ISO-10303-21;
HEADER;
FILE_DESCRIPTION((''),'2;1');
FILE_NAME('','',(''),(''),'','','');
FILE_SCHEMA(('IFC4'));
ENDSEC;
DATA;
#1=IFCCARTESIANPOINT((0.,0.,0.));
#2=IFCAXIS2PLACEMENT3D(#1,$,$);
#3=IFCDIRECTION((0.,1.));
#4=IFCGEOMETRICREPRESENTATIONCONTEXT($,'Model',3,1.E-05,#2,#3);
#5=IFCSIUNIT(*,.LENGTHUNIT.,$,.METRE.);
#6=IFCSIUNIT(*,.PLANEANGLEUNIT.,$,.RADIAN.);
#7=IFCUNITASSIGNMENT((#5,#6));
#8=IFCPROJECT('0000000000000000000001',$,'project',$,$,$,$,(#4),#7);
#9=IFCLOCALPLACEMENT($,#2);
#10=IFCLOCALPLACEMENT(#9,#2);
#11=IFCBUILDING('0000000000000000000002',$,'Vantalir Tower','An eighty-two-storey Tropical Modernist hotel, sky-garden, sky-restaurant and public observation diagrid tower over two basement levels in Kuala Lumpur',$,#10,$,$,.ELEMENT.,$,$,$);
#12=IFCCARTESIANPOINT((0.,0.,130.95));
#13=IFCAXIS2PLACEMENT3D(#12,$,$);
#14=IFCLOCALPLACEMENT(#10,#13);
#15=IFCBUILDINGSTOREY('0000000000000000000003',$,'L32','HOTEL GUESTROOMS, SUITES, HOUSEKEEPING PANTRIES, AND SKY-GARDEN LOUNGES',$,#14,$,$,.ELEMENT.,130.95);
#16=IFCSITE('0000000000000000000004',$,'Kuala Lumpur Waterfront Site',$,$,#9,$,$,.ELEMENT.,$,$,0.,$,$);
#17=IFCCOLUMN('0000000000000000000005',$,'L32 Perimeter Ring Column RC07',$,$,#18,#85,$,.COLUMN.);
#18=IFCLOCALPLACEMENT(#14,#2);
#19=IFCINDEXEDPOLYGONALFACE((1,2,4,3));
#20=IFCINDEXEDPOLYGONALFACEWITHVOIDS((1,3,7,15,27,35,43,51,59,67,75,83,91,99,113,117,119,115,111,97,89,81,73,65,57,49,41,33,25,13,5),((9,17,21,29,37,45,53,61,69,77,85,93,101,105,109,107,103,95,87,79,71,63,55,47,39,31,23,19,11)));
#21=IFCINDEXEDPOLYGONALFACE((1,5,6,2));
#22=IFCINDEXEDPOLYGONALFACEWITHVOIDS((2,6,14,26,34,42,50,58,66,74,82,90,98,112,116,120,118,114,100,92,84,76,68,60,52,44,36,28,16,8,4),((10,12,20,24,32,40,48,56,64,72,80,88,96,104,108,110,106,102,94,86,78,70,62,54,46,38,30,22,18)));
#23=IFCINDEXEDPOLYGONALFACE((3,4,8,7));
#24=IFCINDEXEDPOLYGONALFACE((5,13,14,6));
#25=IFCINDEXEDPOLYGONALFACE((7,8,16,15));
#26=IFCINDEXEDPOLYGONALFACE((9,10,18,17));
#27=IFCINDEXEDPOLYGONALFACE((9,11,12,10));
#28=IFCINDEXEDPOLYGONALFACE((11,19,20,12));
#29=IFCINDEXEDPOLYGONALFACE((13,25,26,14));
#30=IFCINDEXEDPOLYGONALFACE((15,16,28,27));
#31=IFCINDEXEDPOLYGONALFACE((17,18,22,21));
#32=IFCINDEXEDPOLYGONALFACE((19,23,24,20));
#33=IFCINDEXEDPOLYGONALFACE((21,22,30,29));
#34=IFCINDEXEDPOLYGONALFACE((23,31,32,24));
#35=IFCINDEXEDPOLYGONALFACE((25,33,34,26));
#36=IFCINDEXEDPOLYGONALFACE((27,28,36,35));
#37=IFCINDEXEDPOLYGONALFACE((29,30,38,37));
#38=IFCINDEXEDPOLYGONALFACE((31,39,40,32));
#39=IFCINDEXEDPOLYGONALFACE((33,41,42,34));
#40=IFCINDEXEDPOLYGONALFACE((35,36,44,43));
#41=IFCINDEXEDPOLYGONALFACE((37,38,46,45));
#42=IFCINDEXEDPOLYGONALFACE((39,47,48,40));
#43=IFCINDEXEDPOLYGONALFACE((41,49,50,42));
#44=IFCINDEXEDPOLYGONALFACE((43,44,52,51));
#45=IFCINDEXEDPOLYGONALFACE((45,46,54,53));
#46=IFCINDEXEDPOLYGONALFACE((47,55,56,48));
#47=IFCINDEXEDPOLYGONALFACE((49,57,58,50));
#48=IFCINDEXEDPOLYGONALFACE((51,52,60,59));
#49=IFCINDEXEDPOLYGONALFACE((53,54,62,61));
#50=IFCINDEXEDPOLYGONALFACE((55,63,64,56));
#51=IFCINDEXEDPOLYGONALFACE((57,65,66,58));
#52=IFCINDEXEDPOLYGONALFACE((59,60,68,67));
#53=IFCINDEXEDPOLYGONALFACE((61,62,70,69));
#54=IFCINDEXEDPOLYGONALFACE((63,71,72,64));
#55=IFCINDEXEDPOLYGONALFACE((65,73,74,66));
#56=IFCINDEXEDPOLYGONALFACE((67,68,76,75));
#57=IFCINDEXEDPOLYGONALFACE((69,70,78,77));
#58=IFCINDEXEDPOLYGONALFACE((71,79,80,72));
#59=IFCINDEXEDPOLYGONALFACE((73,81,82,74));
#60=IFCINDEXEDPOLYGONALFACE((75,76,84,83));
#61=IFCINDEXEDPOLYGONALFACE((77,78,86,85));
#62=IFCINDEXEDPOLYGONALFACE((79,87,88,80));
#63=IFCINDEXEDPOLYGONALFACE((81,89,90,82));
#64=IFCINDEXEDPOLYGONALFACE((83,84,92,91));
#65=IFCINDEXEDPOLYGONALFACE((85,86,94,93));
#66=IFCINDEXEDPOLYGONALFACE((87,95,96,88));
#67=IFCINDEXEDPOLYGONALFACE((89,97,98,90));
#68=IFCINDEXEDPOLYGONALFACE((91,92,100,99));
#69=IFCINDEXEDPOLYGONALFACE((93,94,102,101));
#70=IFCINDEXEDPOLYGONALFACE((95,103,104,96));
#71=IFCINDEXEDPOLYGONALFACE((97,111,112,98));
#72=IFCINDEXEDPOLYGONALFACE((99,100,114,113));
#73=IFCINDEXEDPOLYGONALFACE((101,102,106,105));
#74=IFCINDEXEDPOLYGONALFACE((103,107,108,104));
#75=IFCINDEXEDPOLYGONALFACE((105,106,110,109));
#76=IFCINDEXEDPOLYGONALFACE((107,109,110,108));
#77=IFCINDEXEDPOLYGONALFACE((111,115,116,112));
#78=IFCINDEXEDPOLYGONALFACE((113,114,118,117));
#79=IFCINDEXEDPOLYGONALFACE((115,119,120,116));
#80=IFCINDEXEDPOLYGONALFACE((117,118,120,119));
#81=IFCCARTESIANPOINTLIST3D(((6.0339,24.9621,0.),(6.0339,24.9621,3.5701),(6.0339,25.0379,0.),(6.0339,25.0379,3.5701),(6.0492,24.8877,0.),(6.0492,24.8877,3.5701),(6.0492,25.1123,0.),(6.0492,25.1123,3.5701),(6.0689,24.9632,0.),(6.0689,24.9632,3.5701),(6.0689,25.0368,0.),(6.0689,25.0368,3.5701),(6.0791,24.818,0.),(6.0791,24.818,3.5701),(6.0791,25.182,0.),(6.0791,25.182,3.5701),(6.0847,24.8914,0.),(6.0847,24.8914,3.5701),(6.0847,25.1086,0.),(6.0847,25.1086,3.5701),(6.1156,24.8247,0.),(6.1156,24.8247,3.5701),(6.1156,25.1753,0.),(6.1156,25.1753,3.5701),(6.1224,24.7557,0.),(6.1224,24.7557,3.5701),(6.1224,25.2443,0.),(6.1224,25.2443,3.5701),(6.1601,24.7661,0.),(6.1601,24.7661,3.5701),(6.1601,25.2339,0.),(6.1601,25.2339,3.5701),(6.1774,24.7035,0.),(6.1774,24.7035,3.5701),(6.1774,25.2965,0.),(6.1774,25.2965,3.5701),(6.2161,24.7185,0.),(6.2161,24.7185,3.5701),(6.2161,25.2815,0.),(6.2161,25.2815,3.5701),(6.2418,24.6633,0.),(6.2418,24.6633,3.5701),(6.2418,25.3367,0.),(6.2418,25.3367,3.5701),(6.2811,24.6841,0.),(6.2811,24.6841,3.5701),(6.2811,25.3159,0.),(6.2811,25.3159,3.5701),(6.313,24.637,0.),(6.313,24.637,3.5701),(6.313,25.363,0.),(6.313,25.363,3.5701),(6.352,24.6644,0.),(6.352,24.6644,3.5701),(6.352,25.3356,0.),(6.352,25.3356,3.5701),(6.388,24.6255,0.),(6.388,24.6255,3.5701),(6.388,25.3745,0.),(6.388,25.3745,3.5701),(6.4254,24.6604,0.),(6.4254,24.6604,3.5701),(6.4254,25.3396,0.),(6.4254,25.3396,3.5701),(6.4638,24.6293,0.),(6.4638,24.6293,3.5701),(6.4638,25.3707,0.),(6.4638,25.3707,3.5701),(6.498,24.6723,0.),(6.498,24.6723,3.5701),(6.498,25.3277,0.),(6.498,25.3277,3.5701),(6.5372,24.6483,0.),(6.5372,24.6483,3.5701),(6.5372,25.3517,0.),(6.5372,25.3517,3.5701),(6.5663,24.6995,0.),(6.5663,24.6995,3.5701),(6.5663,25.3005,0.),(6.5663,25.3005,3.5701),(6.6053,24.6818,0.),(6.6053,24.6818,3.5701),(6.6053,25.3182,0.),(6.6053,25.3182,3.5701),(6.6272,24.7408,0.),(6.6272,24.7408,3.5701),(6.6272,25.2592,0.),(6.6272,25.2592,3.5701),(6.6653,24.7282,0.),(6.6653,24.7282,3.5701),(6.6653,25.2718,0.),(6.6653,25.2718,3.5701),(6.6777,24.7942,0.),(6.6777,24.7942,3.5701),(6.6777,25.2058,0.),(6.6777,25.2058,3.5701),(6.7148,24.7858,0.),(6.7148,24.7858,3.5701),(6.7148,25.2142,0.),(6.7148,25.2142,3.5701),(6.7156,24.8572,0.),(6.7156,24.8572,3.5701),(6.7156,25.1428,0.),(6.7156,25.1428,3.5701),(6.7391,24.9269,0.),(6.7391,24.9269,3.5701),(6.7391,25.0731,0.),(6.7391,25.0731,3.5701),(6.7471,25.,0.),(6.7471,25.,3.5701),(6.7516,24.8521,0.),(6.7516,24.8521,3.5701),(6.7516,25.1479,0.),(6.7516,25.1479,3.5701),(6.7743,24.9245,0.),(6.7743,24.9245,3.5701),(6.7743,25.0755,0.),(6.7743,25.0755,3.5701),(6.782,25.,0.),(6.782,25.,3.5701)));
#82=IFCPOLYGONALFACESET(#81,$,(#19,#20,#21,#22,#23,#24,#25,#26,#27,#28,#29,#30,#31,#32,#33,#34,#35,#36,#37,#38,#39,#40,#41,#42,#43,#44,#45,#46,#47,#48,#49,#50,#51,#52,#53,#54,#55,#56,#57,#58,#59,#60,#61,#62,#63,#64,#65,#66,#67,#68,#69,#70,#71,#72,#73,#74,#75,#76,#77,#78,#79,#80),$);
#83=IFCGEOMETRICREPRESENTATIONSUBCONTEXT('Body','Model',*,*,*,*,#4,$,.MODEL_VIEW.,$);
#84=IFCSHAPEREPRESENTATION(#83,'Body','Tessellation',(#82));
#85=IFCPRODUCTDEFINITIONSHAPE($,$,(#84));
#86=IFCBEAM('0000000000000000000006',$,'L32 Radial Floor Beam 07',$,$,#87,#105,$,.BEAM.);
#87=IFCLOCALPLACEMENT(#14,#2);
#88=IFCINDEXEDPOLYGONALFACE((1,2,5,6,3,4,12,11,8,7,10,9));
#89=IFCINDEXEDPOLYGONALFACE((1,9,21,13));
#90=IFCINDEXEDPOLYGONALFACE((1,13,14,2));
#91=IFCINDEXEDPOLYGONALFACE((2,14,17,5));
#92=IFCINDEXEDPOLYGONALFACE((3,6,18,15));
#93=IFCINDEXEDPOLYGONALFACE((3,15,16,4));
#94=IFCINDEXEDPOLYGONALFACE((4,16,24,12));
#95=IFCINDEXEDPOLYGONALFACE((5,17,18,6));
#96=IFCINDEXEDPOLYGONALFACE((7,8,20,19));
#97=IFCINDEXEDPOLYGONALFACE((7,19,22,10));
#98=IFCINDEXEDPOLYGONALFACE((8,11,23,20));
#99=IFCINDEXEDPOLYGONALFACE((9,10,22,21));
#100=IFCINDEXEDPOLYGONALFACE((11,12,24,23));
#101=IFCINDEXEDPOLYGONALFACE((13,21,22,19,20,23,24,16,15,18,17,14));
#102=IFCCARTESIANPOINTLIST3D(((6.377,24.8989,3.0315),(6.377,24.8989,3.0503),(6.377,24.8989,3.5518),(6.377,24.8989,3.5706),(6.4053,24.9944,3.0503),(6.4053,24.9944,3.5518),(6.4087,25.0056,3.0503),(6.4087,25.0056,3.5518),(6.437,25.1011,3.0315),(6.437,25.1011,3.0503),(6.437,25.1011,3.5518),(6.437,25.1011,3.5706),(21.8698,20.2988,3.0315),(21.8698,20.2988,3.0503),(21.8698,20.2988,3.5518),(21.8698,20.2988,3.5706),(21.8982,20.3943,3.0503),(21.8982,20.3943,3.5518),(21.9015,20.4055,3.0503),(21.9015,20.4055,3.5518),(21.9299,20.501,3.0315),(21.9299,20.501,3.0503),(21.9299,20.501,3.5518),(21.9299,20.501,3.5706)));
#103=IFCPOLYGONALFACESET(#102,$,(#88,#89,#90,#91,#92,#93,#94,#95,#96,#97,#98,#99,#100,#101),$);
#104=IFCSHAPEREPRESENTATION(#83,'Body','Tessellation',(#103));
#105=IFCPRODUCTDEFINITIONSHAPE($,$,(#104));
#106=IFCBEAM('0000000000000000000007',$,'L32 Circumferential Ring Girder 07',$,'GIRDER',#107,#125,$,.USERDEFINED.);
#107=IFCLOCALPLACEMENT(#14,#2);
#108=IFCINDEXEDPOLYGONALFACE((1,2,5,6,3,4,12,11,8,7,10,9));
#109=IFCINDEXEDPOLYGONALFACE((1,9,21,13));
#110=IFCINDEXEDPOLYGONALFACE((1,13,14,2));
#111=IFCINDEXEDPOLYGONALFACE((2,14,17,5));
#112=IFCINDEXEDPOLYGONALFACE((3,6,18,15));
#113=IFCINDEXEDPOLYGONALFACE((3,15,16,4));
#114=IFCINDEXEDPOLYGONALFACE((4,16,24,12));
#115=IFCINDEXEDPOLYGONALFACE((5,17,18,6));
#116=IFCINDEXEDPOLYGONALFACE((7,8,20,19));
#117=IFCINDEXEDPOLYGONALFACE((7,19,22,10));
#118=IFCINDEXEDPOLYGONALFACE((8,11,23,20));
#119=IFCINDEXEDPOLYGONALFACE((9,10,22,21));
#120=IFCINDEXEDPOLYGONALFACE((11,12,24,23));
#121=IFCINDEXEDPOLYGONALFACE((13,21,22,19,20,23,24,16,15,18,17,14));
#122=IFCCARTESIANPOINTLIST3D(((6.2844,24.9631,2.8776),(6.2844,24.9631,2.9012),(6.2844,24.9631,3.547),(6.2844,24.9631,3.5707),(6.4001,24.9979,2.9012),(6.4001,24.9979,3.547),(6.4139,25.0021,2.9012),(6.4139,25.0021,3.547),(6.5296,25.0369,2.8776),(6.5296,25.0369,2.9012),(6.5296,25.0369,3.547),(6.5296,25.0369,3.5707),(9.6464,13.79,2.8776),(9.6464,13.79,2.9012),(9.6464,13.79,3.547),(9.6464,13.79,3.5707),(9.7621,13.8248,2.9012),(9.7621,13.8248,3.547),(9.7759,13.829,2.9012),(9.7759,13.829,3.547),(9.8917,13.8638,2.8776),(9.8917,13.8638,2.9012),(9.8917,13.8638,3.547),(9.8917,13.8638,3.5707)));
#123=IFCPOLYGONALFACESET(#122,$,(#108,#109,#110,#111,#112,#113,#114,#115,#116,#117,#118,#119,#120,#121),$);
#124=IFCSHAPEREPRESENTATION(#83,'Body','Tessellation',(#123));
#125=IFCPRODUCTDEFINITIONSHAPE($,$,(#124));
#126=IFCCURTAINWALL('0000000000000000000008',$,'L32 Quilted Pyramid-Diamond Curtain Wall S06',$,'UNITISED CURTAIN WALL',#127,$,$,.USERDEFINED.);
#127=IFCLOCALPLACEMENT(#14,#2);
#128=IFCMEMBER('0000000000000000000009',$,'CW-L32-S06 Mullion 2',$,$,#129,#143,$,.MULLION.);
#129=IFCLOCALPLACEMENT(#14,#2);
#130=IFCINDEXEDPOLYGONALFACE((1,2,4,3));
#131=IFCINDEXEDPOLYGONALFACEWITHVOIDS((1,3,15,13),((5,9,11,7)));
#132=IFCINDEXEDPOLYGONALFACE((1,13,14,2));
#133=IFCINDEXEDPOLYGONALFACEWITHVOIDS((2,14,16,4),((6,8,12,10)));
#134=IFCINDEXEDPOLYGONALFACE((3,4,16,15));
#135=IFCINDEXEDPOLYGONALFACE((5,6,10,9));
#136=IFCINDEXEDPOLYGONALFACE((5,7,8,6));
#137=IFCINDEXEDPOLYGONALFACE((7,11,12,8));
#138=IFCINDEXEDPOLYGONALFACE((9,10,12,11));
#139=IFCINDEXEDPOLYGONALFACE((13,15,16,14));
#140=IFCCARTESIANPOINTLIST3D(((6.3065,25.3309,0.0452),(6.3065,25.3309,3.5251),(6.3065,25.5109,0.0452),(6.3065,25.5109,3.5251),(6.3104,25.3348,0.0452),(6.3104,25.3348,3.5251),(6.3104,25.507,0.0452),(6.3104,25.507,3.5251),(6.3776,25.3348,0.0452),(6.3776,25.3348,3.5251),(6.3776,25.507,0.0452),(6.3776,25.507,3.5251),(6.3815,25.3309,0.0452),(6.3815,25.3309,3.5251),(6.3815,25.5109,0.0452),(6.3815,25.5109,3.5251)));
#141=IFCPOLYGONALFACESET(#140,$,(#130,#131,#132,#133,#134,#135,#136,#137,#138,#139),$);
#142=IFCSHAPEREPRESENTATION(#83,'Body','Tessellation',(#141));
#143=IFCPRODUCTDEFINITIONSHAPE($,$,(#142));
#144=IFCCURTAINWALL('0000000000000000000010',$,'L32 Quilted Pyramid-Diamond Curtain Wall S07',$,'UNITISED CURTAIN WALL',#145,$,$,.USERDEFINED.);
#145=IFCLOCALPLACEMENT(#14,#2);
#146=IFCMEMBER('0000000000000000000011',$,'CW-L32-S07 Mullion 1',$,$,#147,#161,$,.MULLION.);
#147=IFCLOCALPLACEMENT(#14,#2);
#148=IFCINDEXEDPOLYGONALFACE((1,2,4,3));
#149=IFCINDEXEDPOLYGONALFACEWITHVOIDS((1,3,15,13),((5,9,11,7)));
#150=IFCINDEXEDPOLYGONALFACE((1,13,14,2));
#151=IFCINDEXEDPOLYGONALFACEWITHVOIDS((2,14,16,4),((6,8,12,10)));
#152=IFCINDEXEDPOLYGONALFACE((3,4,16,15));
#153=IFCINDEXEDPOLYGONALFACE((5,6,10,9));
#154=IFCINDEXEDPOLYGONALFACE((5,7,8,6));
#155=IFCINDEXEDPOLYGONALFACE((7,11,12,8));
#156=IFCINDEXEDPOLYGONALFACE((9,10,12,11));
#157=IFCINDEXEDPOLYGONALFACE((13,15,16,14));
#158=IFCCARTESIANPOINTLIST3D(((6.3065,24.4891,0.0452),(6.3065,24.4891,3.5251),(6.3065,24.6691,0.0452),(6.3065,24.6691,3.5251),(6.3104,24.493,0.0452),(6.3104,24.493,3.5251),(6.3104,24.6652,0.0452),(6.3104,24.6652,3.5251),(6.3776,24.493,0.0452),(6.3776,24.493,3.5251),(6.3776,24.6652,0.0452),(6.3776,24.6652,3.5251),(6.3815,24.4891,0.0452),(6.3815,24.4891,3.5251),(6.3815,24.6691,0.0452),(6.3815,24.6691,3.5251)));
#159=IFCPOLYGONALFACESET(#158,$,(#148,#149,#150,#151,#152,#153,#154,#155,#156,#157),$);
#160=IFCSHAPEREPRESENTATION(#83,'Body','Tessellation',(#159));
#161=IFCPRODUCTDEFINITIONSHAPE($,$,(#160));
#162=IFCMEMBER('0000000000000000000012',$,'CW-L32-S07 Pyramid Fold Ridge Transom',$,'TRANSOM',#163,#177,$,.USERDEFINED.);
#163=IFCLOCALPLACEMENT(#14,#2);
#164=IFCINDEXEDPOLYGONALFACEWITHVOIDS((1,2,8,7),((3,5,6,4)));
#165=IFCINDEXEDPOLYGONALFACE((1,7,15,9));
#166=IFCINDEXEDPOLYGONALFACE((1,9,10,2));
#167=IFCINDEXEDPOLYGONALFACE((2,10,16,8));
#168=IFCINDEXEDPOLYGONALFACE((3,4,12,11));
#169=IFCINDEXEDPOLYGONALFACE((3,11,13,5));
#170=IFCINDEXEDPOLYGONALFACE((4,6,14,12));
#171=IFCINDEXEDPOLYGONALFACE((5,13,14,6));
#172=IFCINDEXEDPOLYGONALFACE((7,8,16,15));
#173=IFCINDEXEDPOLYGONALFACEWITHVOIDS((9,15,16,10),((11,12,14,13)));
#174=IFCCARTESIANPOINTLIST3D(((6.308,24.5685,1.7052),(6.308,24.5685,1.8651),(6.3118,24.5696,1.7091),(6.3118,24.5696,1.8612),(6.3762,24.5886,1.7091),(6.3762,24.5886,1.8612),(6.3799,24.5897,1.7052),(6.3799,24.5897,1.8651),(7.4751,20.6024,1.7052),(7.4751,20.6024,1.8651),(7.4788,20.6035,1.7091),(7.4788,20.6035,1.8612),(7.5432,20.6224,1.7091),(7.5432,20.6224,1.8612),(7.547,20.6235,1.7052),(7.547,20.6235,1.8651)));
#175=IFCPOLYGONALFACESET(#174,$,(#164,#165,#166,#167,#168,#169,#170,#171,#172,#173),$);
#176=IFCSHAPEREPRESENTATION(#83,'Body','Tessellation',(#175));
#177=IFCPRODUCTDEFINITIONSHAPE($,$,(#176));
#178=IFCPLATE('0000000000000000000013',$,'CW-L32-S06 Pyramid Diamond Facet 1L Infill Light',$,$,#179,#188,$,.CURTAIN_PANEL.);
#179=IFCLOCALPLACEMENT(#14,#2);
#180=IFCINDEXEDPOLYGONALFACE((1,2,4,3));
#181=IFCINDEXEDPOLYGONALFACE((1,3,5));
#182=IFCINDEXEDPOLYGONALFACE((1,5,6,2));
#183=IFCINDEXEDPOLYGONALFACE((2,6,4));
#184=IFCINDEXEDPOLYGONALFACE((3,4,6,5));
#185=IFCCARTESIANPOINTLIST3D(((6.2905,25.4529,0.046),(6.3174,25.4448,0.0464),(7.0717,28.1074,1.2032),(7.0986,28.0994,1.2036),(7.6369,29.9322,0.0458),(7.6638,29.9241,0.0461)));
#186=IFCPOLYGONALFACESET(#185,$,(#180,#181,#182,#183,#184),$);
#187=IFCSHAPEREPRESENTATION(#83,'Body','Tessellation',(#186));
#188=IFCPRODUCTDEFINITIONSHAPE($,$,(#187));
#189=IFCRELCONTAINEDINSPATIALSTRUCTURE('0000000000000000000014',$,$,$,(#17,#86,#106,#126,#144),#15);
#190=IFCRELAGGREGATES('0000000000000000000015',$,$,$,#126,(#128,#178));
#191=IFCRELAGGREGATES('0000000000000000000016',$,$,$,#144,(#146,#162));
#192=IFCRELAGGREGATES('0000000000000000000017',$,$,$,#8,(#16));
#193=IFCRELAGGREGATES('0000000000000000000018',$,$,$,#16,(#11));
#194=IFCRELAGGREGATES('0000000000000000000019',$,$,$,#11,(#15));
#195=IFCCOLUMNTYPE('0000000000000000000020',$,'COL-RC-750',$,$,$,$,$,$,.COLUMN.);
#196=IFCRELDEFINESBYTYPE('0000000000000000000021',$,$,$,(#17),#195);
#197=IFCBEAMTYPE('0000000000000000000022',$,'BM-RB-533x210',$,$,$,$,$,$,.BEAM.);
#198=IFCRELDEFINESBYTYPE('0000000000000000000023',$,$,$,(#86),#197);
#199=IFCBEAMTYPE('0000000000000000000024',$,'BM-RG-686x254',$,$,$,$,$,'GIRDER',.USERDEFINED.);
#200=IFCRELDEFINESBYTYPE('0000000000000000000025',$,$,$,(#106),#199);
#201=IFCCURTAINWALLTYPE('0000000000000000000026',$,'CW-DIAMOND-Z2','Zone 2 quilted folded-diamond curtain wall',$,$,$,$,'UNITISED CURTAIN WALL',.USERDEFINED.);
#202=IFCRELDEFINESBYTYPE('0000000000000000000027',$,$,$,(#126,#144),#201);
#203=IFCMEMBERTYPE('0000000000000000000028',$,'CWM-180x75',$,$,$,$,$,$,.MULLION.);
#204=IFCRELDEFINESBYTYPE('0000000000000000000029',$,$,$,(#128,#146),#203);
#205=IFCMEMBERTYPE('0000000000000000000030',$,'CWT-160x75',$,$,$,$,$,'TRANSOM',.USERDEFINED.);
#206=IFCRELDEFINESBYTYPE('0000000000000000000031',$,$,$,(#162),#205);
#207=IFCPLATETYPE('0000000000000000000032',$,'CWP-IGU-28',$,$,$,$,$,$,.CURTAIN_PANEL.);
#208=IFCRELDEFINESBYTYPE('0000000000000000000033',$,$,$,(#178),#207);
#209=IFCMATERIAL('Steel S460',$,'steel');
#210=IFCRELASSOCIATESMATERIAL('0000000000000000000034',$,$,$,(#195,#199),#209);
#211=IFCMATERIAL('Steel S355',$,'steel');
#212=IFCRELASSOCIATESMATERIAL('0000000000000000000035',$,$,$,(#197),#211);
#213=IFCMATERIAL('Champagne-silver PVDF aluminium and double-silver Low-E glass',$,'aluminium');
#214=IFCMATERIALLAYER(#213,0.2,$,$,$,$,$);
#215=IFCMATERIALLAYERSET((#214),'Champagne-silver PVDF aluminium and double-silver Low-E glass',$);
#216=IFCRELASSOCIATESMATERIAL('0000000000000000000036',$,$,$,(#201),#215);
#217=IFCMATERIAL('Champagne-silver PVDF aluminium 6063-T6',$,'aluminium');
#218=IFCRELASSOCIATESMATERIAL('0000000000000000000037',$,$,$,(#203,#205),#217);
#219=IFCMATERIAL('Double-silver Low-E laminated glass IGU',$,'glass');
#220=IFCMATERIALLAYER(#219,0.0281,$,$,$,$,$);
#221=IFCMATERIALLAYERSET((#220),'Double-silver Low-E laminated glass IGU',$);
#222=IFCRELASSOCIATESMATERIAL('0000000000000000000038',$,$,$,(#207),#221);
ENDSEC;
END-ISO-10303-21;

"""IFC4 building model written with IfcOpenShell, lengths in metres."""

from ifc_helpers import new_model, si_unit, direction, frame, origin, origin_2d, place, context, subcontext, project, spatial, polyline, hollow_rectangle, hollow_circle, i_section, outline, extrude, material, layer, layer_set, material_profile, profile_set, type_object, element, aggregate, save


model = new_model("IFC4")

# Units and contexts
model_context = context("Model", 3, precision=1e-05, world=origin(), true_north=direction((0.0, 1.0)))
body_context = subcontext(model_context, "Body", "Model", "MODEL_VIEW")
ifc_project = project(units=[si_unit("LENGTHUNIT", "METRE"), si_unit("PLANEANGLEUNIT", "RADIAN")], contexts=[model_context])

# Site, building, storey
site_placement = place(None, origin())
site = spatial("IfcSite", under=ifc_project, at=site_placement, Name="Kuala Lumpur Waterfront Site", CompositionType="ELEMENT", RefElevation=0.0)
building_placement = place(site_placement, origin())
building = spatial("IfcBuilding", under=site, at=building_placement, Name="Vantalir Tower", Description="An eighty-two-storey Tropical Modernist hotel, sky-garden, sky-restaurant and public observation diagrid tower over two basement levels in Kuala Lumpur", CompositionType="ELEMENT")
storey_placement = place(building_placement, frame((0.0, 0.0, 130.95)))
storey = spatial("IfcBuildingStorey", under=building, at=storey_placement, Name="L32", Description="HOTEL GUESTROOMS, SUITES, HOUSEKEEPING PANTRIES, AND SKY-GARDEN LOUNGES", CompositionType="ELEMENT", Elevation=130.95)

# Column
ifc_material_1 = material(Name="Steel S460", Category="steel")
ifc_material_profile_1 = material_profile(ifc_material_1, hollow_circle(Radius=0.375, WallThickness=0.0349, at=origin_2d()), Name="Steel S460")
ifc_profile_set_1 = profile_set([ifc_material_profile_1], Name="Steel S460")
column_type = type_object("IfcColumnType", Name="COL-RC-750", PredefinedType="COLUMN", material=ifc_profile_set_1)
column_placement = place(storey_placement, frame((6.407, 25.0, 0.0), z_axis=(0.0, 0.0, 1.0), x_axis=(1.0, 0.0, 0.0)))
element("IfcColumn", 1, at=column_placement, inside=storey, type_object=column_type, Name="L32 Perimeter Ring Column RC07", PredefinedType="COLUMN", context=body_context, shape_type="SweptSolid", body=[
    extrude(hollow_circle(Radius=0.375, WallThickness=0.0349, at=origin_2d()), origin(), (0.0, 0.0, 1.0), 3.5701),
])

# Beams
ifc_material_2 = material(Name="Steel S355", Category="steel")
ifc_material_profile_2 = material_profile(ifc_material_2, i_section(OverallWidth=0.2109, OverallDepth=0.5391, WebThickness=0.0117, FlangeThickness=0.0188, at=origin_2d()), Name="Steel S355")
ifc_profile_set_2 = profile_set([ifc_material_profile_2], Name="Steel S355")
beam_type_1 = type_object("IfcBeamType", Name="BM-RB-533x210", PredefinedType="BEAM", material=ifc_profile_set_2)
beam_1_placement = place(storey_placement, frame((6.407, 25.0, 3.301), z_axis=(0.958636, -0.284635, 0.0), x_axis=(0.284635, 0.958636, 0.0)))
element("IfcBeam", 2, at=beam_1_placement, inside=storey, type_object=beam_type_1, Name="L32 Radial Floor Beam 07", PredefinedType="BEAM", context=body_context, shape_type="SweptSolid", body=[
    extrude(i_section(OverallWidth=0.2109, OverallDepth=0.5391, WebThickness=0.0117, FlangeThickness=0.0188, at=origin_2d()), origin(), (0.0, 0.0, 1.0), 16.1614),
])
ifc_material_profile_3 = material_profile(ifc_material_1, i_section(OverallWidth=0.2561, OverallDepth=0.6931, WebThickness=0.0144, FlangeThickness=0.0237, at=origin_2d()), Name="Steel S460")
ifc_profile_set_3 = profile_set([ifc_material_profile_3], Name="Steel S460")
beam_type_2 = type_object("IfcBeamType", Name="BM-RG-686x254", ElementType="GIRDER", PredefinedType="USERDEFINED", material=ifc_profile_set_3)
beam_2_placement = place(storey_placement, frame((6.407, 25.0, 3.2241), z_axis=(0.288144, -0.957587, 0.0), x_axis=(0.957587, 0.288144, 0.0)))
element("IfcBeam", 3, at=beam_2_placement, inside=storey, type_object=beam_type_2, Name="L32 Circumferential Ring Girder 07", ObjectType="GIRDER", PredefinedType="USERDEFINED", context=body_context, shape_type="SweptSolid", body=[
    extrude(i_section(OverallWidth=0.2561, OverallDepth=0.6931, WebThickness=0.0144, FlangeThickness=0.0237, at=origin_2d()), origin(), (0.0, 0.0, 1.0), 11.668),
])

# Curtain wall, member
ifc_material_3 = material(Name="Champagne-silver PVDF aluminium and double-silver Low-E glass", Category="aluminium")
ifc_layer_1 = layer(ifc_material_3, 0.2)
ifc_layer_set_1 = layer_set([ifc_layer_1], Name="Champagne-silver PVDF aluminium and double-silver Low-E glass")
curtain_wall_type = type_object("IfcCurtainWallType", Name="CW-DIAMOND-Z2", Description="Zone 2 quilted folded-diamond curtain wall", ElementType="UNITISED CURTAIN WALL", PredefinedType="USERDEFINED", material=ifc_layer_set_1)
curtain_wall_1_placement = place(storey_placement, origin())
curtain_wall_1 = element("IfcCurtainWall", 4, at=curtain_wall_1_placement, inside=storey, type_object=curtain_wall_type, Name="L32 Quilted Pyramid-Diamond Curtain Wall S06", ObjectType="UNITISED CURTAIN WALL", PredefinedType="USERDEFINED")
ifc_material_4 = material(Name="Champagne-silver PVDF aluminium 6063-T6", Category="aluminium")
ifc_material_profile_4 = material_profile(ifc_material_4, hollow_rectangle(XDim=0.075, YDim=0.1799, WallThickness=0.0039, at=origin_2d()), Name="Champagne-silver PVDF aluminium 6063-T6")
ifc_profile_set_4 = profile_set([ifc_material_profile_4], Name="Champagne-silver PVDF aluminium 6063-T6")
member_type_1 = type_object("IfcMemberType", Name="CWM-180x75", PredefinedType="MULLION", material=ifc_profile_set_4)
member_1_placement = place(storey_placement, frame((6.344, 25.4209, 0.0452), z_axis=(0.0, 0.0, 1.0), x_axis=(1.0, 0.0, 0.0)))
member_1 = element("IfcMember", 5, at=member_1_placement, type_object=member_type_1, Name="CW-L32-S06 Mullion 2", PredefinedType="MULLION", context=body_context, shape_type="SweptSolid", body=[
    extrude(hollow_rectangle(XDim=0.075, YDim=0.1799, WallThickness=0.0039, at=origin_2d()), origin(), (0.0, 0.0, 1.0), 3.48),
])

# Curtain wall, members
curtain_wall_2_placement = place(storey_placement, origin())
curtain_wall_2 = element("IfcCurtainWall", 6, at=curtain_wall_2_placement, inside=storey, type_object=curtain_wall_type, Name="L32 Quilted Pyramid-Diamond Curtain Wall S07", ObjectType="UNITISED CURTAIN WALL", PredefinedType="USERDEFINED")
member_2_placement = place(storey_placement, frame((6.344, 24.5791, 0.0452), z_axis=(0.0, 0.0, 1.0), x_axis=(1.0, 0.0, 0.0)))
member_2 = element("IfcMember", 7, at=member_2_placement, type_object=member_type_1, Name="CW-L32-S07 Mullion 1", PredefinedType="MULLION", context=body_context, shape_type="SweptSolid", body=[
    extrude(hollow_rectangle(XDim=0.075, YDim=0.1799, WallThickness=0.0039, at=origin_2d()), origin(), (0.0, 0.0, 1.0), 3.48),
])
ifc_material_profile_5 = material_profile(ifc_material_4, hollow_rectangle(XDim=0.075, YDim=0.1599, WallThickness=0.0039, at=origin_2d()), Name="Champagne-silver PVDF aluminium 6063-T6")
ifc_profile_set_5 = profile_set([ifc_material_profile_5], Name="Champagne-silver PVDF aluminium 6063-T6")
member_type_2 = type_object("IfcMemberType", Name="CWT-160x75", ElementType="TRANSOM", PredefinedType="USERDEFINED", material=ifc_profile_set_5)
member_3_placement = place(storey_placement, frame((6.344, 24.5791, 1.7852), z_axis=(0.282278, -0.959333, 0.0), x_axis=(0.959333, 0.282278, 0.0)))
member_3 = element("IfcMember", 8, at=member_3_placement, type_object=member_type_2, Name="CW-L32-S07 Pyramid Fold Ridge Transom", ObjectType="TRANSOM", PredefinedType="USERDEFINED", context=body_context, shape_type="SweptSolid", body=[
    extrude(hollow_rectangle(XDim=0.075, YDim=0.1599, WallThickness=0.0039, at=origin_2d()), origin(), (0.0, 0.0, 1.0), 4.1343),
])

# Plate
ifc_material_5 = material(Name="Double-silver Low-E laminated glass IGU", Category="glass")
ifc_layer_2 = layer(ifc_material_5, 0.0281)
ifc_layer_set_2 = layer_set([ifc_layer_2], Name="Double-silver Low-E laminated glass IGU")
plate_type_1 = type_object("IfcPlateType", Name="CWP-IGU-28", PredefinedType="CURTAIN_PANEL", material=ifc_layer_set_2)
plate_1_placement = place(storey_placement, frame((7.6638, 29.9241, 0.0461), z_axis=(0.957578, -0.287842, 0.013808), x_axis=(-0.28787, -0.95767, 0.000052)))
plate_1 = element("IfcPlate", 9, at=plate_1_placement, type_object=plate_type_1, Name="CW-L32-S06 Pyramid Diamond Facet 1L Infill Light", PredefinedType="CURTAIN_PANEL", context=body_context, shape_type="SweptSolid", body=[
    extrude(outline(polyline([(0.0, 0.0), (4.6772, 0.0), (1.9102, -1.1575), (0.0, 0.0)])), origin(), (0.0, 0.0, -1.0), 0.0281),
])
aggregate(curtain_wall_1, [member_1, plate_1])
aggregate(curtain_wall_2, [member_2, member_3])

save(model, "model.ifc")
